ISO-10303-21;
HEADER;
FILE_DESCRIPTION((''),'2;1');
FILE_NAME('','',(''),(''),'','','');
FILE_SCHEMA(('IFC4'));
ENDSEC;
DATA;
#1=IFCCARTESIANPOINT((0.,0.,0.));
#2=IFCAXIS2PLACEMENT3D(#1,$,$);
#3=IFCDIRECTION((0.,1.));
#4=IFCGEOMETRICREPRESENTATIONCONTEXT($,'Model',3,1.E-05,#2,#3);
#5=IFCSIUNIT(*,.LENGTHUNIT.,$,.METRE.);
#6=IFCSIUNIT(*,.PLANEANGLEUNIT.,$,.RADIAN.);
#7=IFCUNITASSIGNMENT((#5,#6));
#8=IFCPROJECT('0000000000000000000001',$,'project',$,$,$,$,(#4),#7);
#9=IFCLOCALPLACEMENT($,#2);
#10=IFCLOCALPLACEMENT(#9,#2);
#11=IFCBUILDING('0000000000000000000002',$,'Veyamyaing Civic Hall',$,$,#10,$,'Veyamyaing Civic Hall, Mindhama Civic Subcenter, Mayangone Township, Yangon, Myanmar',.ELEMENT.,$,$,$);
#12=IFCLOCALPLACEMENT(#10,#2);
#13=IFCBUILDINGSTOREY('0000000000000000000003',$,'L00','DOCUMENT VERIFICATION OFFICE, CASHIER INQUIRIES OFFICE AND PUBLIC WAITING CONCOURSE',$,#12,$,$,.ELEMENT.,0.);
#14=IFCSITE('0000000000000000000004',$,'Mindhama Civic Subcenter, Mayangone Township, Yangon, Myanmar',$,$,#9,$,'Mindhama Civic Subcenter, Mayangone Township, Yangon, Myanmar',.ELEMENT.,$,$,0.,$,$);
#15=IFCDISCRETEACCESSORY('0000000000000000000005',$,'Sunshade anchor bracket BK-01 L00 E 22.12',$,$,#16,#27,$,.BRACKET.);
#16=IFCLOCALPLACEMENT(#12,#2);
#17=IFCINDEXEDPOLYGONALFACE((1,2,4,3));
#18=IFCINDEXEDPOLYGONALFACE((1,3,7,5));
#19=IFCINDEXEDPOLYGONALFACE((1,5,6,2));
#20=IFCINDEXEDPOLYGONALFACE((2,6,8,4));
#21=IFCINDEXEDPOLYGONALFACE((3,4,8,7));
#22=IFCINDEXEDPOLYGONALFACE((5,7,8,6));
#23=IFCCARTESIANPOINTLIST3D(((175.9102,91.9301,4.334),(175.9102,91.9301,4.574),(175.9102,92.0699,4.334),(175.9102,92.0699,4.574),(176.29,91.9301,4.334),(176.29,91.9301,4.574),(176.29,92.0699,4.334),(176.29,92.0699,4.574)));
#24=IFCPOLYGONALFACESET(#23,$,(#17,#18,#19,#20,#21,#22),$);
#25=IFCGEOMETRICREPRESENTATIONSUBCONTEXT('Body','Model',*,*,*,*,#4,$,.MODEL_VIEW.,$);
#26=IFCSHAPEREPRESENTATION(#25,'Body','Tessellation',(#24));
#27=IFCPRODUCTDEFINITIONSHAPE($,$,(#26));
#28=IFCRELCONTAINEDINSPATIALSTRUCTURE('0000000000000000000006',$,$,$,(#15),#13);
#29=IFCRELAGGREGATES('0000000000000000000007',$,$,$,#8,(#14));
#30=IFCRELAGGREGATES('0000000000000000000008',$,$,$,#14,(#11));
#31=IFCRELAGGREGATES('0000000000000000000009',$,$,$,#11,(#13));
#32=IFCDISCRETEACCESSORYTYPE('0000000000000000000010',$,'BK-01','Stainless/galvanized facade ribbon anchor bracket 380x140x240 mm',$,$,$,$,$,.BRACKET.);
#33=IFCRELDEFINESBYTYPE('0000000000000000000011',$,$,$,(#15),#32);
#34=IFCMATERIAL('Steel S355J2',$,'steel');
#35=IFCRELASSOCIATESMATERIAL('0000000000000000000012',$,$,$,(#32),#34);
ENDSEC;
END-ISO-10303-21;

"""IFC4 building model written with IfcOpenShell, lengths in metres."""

from ifc_helpers import new_model, si_unit, direction, frame, origin, origin_2d, place, context, subcontext, project, spatial, rectangle, extrude, material, type_object, element, save


model = new_model("IFC4")

# Units and contexts
model_context = context("Model", 3, precision=1e-05, world=origin(), true_north=direction((0.0, 1.0)))
body_context = subcontext(model_context, "Body", "Model", "MODEL_VIEW")
ifc_project = project(units=[si_unit("LENGTHUNIT", "METRE"), si_unit("PLANEANGLEUNIT", "RADIAN")], contexts=[model_context])

# Site, building, storey
site_placement = place(None, origin())
site = spatial("IfcSite", under=ifc_project, at=site_placement, Name="Mindhama Civic Subcenter, Mayangone Township, Yangon, Myanmar", LongName="Mindhama Civic Subcenter, Mayangone Township, Yangon, Myanmar", CompositionType="ELEMENT", RefElevation=0.0)
building_placement = place(site_placement, origin())
building = spatial("IfcBuilding", under=site, at=building_placement, Name="Veyamyaing Civic Hall", LongName="Veyamyaing Civic Hall, Mindhama Civic Subcenter, Mayangone Township, Yangon, Myanmar", CompositionType="ELEMENT")
storey_placement = place(building_placement, origin())
storey = spatial("IfcBuildingStorey", under=building, at=storey_placement, Name="L00", Description="DOCUMENT VERIFICATION OFFICE, CASHIER INQUIRIES OFFICE AND PUBLIC WAITING CONCOURSE", CompositionType="ELEMENT", Elevation=0.0)

# Discrete accessory
ifc_material_1 = material(Name="Steel S355J2", Category="steel")
discrete_accessory_type = type_object("IfcDiscreteAccessoryType", Name="BK-01", Description="Stainless/galvanized facade ribbon anchor bracket 380x140x240 mm", PredefinedType="BRACKET", material=ifc_material_1)
discrete_accessory_placement = place(storey_placement, frame((176.1001, 92.0, 4.334), z_axis=(0.0, 0.0, 1.0), x_axis=(1.0, 0.0, 0.0)))
element("IfcDiscreteAccessory", 1, at=discrete_accessory_placement, inside=storey, type_object=discrete_accessory_type, Name="Sunshade anchor bracket BK-01 L00 E 22.12", PredefinedType="BRACKET", context=body_context, shape_type="SweptSolid", body=[
    extrude(rectangle(XDim=0.3799, YDim=0.1399, at=origin_2d()), origin(), (0.0, 0.0, 1.0), 0.24),
])

save(model, "model.ifc")
